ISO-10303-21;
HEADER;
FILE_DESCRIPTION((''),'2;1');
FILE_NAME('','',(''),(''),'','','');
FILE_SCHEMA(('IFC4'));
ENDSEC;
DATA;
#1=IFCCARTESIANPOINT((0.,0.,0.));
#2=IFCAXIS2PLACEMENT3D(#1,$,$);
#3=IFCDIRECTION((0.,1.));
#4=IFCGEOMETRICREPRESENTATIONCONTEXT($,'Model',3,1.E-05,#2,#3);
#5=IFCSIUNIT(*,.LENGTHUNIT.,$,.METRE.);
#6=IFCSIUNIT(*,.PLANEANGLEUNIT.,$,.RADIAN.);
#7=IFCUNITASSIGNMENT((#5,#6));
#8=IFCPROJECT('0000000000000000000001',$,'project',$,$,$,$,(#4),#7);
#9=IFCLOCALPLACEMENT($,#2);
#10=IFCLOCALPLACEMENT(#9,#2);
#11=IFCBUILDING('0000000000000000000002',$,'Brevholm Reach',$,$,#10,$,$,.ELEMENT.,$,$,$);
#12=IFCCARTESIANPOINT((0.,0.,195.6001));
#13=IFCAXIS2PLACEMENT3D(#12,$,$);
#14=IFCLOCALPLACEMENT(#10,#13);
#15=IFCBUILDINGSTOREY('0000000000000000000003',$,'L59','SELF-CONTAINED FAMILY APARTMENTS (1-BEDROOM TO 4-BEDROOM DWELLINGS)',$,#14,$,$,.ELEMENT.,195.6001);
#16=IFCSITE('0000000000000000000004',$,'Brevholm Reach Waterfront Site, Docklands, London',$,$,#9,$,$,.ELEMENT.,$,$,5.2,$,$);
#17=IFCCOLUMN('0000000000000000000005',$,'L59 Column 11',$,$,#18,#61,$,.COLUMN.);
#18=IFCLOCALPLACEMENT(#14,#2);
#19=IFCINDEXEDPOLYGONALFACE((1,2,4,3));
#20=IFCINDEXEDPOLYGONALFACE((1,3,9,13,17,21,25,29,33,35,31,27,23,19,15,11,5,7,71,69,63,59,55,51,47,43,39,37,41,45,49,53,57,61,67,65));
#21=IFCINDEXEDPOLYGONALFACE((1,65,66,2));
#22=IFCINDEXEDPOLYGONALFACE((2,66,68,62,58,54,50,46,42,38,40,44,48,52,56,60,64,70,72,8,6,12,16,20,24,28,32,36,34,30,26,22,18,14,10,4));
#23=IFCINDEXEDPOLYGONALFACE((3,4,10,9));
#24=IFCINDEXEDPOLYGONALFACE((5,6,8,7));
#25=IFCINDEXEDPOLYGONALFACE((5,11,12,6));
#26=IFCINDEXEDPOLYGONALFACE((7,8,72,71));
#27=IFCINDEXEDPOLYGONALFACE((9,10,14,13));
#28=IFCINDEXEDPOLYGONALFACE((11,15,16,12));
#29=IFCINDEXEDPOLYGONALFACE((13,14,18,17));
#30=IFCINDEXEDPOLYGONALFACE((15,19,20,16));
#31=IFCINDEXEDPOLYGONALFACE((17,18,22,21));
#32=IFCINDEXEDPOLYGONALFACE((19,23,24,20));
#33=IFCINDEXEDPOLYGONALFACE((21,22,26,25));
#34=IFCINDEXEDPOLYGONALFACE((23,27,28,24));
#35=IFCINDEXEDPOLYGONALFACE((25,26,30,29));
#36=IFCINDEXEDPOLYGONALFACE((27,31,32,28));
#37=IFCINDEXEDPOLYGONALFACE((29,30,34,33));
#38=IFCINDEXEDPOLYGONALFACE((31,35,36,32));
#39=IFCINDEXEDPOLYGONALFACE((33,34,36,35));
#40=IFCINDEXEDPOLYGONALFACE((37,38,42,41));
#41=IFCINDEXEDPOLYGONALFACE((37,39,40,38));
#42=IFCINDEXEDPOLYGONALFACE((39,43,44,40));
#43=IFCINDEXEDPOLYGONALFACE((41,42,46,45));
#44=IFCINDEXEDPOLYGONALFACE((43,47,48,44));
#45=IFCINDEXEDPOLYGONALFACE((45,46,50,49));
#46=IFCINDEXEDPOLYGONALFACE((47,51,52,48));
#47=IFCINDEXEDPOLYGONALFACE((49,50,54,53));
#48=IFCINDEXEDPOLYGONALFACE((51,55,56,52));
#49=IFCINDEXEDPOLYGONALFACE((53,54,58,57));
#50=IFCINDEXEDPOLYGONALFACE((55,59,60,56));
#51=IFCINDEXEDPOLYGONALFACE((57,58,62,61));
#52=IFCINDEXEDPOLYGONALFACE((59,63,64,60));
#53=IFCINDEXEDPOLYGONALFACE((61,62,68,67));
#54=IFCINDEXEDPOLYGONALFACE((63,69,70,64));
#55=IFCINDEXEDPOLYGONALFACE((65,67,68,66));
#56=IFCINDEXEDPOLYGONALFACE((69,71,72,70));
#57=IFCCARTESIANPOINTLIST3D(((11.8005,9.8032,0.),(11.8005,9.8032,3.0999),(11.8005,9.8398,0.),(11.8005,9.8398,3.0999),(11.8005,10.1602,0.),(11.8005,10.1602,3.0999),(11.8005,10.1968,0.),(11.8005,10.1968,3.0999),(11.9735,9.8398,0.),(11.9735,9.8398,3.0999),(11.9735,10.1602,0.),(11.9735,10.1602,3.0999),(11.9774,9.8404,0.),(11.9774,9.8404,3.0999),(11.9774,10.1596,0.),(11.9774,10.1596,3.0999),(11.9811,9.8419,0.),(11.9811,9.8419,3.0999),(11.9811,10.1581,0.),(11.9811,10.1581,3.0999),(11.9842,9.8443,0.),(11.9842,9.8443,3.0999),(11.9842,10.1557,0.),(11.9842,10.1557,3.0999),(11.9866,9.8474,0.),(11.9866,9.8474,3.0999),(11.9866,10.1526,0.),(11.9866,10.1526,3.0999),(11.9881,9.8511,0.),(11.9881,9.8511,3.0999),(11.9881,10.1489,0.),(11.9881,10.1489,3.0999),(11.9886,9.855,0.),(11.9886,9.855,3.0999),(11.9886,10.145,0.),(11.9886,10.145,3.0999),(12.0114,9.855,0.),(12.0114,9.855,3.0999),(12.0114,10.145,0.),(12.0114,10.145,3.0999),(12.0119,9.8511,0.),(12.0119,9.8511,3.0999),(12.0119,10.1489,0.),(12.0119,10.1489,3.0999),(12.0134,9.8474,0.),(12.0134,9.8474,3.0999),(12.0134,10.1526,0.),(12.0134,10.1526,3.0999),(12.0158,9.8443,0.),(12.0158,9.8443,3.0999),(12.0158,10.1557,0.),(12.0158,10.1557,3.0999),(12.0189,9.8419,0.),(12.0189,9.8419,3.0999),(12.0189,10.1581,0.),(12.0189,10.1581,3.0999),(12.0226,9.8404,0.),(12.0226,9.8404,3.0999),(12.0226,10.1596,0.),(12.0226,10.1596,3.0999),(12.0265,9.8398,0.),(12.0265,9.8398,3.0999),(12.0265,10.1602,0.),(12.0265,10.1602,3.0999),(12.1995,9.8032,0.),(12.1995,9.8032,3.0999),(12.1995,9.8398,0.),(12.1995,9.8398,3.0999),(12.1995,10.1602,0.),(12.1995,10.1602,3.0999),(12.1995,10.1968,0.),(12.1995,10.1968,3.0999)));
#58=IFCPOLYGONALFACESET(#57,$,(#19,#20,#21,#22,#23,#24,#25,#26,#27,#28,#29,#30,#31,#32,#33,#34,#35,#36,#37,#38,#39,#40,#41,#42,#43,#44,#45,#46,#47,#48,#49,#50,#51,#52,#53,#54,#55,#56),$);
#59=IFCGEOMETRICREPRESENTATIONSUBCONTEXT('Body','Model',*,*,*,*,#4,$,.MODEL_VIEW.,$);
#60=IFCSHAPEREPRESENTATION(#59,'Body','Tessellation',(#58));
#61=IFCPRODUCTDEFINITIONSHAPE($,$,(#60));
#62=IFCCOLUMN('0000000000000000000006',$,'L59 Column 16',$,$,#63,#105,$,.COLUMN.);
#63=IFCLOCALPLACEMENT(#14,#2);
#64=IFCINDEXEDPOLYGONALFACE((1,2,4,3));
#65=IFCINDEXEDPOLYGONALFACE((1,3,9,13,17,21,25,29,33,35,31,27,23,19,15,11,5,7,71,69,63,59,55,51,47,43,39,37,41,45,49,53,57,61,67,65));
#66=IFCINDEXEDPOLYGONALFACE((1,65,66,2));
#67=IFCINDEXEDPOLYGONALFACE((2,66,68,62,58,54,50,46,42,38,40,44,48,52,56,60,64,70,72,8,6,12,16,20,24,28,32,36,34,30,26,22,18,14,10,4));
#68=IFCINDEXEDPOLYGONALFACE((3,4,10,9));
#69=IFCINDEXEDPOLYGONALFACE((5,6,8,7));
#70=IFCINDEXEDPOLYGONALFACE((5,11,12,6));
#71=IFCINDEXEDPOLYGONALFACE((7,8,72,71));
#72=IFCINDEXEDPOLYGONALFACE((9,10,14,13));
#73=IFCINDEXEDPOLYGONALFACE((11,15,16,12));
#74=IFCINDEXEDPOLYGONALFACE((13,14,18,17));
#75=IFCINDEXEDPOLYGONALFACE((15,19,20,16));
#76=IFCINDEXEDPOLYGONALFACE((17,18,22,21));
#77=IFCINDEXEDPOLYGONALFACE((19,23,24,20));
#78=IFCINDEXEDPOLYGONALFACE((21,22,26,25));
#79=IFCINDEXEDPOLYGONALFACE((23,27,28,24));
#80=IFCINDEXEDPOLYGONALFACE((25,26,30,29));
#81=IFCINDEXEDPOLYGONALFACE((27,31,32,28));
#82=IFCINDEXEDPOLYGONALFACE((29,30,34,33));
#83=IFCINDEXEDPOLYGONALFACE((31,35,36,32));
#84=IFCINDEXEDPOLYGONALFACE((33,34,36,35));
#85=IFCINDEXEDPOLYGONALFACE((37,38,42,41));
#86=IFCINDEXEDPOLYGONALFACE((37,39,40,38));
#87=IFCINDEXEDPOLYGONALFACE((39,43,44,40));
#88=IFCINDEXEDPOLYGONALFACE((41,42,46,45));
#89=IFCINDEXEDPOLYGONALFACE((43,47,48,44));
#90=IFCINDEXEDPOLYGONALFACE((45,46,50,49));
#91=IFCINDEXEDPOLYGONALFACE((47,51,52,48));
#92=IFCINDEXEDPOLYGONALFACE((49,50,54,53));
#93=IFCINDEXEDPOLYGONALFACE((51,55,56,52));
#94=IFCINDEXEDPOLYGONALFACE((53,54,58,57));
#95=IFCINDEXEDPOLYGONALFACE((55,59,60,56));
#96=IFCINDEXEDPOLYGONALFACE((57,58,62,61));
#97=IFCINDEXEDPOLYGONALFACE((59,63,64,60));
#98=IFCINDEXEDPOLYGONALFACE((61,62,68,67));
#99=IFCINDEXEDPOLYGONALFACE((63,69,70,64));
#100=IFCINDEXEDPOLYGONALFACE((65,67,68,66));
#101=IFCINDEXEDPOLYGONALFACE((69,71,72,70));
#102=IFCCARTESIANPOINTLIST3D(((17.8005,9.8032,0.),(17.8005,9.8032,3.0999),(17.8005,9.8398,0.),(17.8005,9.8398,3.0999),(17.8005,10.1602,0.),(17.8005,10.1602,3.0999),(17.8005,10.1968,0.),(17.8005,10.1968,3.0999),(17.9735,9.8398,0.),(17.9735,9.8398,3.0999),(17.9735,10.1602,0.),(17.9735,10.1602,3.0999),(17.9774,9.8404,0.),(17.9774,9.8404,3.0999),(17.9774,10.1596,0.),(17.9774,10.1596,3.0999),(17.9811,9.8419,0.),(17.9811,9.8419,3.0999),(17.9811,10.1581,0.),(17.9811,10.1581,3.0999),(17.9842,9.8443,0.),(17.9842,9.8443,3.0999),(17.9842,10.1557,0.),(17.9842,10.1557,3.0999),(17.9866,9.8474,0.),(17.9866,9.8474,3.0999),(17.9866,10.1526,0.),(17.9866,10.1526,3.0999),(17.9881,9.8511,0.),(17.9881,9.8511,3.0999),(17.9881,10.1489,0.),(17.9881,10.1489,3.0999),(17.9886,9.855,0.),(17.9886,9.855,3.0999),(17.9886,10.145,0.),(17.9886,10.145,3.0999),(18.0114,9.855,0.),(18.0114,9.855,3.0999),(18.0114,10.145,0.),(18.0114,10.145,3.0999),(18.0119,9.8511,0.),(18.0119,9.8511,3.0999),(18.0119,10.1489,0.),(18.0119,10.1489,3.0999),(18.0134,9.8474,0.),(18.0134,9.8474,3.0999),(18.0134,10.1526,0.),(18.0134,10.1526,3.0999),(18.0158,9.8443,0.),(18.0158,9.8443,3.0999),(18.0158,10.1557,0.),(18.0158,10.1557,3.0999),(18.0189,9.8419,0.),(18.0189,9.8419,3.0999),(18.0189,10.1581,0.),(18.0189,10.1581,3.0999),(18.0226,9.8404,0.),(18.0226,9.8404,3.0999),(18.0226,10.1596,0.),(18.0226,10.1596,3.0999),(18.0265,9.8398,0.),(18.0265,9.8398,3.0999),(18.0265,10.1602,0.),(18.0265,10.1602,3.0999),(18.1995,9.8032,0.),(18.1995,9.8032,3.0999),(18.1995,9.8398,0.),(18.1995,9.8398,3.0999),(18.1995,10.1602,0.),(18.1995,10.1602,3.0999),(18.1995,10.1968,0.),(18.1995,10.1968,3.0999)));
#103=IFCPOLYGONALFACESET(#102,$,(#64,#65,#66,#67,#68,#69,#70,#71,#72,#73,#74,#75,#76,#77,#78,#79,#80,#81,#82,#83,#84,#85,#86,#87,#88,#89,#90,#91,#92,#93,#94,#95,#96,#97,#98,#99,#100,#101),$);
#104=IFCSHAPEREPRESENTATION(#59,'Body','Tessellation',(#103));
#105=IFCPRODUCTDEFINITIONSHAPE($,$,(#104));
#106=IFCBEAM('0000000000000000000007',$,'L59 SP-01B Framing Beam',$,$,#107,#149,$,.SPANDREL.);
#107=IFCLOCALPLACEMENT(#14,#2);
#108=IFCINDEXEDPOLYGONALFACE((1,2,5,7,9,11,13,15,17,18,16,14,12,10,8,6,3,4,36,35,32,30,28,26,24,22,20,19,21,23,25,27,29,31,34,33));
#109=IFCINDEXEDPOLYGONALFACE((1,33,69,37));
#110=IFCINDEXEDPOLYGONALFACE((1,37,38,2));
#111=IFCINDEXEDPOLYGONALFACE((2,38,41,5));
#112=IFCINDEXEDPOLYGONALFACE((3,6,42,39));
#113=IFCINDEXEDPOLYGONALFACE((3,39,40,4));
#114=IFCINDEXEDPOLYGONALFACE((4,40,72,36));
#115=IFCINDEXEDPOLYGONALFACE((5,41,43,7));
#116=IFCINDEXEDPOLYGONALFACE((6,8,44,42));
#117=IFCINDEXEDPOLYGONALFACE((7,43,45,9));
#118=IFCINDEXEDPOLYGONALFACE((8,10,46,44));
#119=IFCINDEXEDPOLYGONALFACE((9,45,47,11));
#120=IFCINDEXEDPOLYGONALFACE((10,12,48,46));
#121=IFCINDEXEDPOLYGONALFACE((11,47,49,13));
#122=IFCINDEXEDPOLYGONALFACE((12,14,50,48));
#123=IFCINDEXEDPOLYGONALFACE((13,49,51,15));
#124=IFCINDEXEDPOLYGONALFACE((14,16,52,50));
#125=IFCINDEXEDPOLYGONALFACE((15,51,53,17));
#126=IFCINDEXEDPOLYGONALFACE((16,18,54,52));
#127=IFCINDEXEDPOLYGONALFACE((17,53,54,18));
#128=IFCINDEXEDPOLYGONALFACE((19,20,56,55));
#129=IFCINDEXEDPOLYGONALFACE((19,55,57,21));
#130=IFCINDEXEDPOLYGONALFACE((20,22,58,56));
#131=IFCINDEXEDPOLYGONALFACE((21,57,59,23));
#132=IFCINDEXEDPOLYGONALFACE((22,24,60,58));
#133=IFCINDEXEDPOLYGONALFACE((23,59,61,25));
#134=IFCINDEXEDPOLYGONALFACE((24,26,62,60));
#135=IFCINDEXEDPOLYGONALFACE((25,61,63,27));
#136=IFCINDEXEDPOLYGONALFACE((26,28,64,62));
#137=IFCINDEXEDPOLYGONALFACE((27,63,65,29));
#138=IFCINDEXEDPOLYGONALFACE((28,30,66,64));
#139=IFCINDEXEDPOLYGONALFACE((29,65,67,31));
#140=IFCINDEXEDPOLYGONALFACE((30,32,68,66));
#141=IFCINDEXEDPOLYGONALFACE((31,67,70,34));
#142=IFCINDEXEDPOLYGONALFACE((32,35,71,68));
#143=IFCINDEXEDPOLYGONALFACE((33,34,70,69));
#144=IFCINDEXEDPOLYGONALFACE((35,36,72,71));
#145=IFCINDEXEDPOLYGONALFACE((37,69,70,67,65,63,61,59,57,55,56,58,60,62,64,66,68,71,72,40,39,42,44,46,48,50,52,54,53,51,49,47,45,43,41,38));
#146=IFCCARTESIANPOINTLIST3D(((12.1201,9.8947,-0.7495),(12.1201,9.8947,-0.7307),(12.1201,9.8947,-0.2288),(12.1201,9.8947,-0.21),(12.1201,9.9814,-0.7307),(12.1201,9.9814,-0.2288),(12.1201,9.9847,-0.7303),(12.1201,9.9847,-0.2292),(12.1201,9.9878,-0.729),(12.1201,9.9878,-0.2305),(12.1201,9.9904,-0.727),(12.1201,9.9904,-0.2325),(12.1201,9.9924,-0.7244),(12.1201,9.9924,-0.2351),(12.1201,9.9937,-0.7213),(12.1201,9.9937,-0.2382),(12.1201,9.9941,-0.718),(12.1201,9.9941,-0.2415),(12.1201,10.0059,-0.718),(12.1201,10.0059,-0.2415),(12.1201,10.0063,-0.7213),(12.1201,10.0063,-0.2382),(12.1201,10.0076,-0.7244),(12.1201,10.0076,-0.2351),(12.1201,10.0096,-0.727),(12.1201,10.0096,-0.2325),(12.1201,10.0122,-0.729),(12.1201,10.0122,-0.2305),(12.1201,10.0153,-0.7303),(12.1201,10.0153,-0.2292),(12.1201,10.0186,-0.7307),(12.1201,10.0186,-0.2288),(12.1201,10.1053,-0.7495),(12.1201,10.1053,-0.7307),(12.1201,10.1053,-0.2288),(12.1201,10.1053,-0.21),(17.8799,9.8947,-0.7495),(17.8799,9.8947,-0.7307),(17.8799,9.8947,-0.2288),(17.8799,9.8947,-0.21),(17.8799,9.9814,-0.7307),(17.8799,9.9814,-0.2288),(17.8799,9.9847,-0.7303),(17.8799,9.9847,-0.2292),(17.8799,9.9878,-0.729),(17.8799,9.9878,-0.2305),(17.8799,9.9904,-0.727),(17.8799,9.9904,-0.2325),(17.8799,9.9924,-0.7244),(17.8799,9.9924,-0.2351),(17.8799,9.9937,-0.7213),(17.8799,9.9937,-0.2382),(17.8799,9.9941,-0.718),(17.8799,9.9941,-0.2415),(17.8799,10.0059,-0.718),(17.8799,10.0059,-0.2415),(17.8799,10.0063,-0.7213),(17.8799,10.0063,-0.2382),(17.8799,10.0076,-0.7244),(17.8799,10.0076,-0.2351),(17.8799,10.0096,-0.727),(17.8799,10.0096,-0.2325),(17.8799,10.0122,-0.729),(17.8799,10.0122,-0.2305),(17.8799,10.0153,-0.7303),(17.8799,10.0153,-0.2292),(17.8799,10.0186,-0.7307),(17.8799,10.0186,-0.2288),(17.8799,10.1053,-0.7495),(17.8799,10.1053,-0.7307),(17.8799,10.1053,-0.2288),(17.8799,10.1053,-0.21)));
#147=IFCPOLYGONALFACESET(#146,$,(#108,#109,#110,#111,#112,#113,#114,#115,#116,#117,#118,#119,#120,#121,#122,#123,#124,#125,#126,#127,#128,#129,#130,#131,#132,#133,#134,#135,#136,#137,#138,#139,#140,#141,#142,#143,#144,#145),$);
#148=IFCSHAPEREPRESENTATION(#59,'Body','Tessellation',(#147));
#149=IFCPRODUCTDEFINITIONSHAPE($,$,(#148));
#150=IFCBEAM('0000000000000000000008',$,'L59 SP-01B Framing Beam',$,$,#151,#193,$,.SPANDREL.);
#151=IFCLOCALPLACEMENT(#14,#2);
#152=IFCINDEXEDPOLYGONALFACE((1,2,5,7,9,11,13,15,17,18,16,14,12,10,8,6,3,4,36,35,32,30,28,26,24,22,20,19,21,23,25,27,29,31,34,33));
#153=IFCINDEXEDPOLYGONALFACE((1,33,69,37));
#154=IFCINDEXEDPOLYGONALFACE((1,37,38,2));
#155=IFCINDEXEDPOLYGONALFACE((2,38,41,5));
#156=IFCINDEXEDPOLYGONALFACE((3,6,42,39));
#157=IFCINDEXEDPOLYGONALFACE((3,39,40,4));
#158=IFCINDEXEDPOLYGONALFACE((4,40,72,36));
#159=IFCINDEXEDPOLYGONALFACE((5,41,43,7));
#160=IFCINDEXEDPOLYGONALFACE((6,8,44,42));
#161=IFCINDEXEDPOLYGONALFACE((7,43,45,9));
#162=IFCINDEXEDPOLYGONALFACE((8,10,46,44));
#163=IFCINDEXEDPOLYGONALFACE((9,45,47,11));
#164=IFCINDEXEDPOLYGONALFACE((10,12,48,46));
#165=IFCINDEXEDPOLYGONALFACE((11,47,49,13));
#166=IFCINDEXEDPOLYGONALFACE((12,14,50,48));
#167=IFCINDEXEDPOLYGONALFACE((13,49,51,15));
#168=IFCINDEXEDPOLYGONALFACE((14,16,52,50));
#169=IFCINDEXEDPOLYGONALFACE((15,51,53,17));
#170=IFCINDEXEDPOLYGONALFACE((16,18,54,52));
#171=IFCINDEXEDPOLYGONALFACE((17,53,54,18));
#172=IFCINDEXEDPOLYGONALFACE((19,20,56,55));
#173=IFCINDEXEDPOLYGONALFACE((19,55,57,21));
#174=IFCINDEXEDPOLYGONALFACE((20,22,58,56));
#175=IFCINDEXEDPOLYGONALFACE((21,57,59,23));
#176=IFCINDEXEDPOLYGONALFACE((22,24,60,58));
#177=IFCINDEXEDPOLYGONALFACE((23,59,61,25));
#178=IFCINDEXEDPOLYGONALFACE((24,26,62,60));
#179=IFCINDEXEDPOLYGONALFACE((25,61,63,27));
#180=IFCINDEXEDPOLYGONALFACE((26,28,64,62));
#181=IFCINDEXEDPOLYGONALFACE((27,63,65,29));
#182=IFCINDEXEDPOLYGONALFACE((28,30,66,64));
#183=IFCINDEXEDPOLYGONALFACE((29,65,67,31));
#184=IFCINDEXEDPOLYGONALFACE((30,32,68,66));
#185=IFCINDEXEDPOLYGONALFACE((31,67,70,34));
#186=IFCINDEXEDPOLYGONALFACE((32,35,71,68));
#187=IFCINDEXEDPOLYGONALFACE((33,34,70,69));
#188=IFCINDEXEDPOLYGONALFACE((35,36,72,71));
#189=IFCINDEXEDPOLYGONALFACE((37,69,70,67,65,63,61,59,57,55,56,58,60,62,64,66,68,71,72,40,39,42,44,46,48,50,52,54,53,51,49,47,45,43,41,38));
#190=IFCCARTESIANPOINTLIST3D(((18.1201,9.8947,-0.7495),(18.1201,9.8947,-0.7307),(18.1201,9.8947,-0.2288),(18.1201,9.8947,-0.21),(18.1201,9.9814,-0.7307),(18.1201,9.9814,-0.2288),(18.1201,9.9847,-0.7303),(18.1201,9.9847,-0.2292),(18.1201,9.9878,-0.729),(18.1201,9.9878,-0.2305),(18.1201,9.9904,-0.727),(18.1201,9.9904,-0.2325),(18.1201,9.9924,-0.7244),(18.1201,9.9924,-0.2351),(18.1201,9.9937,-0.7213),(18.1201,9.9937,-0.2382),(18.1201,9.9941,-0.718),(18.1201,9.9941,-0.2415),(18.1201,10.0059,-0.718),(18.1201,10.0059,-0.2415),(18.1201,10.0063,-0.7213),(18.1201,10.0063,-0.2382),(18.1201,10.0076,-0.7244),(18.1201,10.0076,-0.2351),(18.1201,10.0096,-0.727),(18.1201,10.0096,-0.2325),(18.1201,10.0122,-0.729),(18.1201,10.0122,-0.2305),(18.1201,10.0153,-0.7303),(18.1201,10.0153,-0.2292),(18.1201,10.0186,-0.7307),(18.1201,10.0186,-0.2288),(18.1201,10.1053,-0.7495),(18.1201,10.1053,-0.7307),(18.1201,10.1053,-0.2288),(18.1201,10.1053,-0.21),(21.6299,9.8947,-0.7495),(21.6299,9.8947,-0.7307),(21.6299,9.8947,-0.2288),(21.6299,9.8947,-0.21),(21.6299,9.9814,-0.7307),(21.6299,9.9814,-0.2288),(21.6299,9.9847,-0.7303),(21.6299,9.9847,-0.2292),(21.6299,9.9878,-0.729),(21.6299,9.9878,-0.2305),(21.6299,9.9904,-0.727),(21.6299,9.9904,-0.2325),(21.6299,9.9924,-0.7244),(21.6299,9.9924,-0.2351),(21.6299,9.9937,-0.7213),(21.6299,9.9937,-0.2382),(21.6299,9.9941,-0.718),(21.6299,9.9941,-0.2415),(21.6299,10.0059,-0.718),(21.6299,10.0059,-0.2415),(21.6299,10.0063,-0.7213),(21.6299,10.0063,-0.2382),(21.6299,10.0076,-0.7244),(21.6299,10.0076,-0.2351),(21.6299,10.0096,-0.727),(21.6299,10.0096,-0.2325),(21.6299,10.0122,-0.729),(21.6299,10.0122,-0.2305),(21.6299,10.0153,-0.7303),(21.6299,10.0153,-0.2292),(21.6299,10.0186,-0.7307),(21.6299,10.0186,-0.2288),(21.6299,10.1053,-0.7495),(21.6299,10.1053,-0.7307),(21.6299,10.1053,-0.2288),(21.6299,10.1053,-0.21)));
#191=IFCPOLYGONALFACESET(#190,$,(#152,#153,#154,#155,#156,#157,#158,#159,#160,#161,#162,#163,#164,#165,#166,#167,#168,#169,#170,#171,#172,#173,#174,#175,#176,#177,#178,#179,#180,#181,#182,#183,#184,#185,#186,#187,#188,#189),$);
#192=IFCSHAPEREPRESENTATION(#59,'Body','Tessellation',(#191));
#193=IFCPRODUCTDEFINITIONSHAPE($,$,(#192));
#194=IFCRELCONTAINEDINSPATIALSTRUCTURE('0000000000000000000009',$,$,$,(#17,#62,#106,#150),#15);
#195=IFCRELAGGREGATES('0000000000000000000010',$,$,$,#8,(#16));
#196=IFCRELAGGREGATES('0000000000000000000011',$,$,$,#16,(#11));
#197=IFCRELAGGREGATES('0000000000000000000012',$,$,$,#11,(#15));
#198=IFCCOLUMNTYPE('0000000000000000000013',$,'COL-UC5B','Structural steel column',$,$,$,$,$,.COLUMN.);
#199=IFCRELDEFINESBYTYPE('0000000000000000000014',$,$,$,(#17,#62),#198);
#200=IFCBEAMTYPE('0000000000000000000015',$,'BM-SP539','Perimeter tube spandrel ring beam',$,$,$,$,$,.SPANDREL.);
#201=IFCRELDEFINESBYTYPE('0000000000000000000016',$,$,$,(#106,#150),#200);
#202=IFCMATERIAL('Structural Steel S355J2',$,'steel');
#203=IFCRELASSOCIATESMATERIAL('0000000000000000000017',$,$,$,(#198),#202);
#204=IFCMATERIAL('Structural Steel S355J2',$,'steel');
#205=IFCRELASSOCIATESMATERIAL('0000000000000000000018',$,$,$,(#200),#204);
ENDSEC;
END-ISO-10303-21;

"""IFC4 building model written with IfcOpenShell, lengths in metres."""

from ifc_helpers import new_model, si_unit, direction, frame, origin, origin_2d, place, context, subcontext, project, spatial, i_section, extrude, material, material_profile, profile_set, type_object, element, save


model = new_model("IFC4")

# Units and contexts
model_context = context("Model", 3, precision=1e-05, world=origin(), true_north=direction((0.0, 1.0)))
body_context = subcontext(model_context, "Body", "Model", "MODEL_VIEW")
ifc_project = project(units=[si_unit("LENGTHUNIT", "METRE"), si_unit("PLANEANGLEUNIT", "RADIAN")], contexts=[model_context])

# Site, building, storey
site_placement = place(None, origin())
site = spatial("IfcSite", under=ifc_project, at=site_placement, Name="Brevholm Reach Waterfront Site, Docklands, London", CompositionType="ELEMENT", RefElevation=5.2)
building_placement = place(site_placement, origin())
building = spatial("IfcBuilding", under=site, at=building_placement, Name="Brevholm Reach", CompositionType="ELEMENT")
storey_placement = place(building_placement, frame((0.0, 0.0, 195.6001)))
storey = spatial("IfcBuildingStorey", under=building, at=storey_placement, Name="L59", Description="SELF-CONTAINED FAMILY APARTMENTS (1-BEDROOM TO 4-BEDROOM DWELLINGS)", CompositionType="ELEMENT", Elevation=195.6001)

# Columns
ifc_material_1 = material(Name="Structural Steel S355J2", Category="steel")
ifc_material_profile_1 = material_profile(ifc_material_1, i_section(OverallWidth=0.3989, OverallDepth=0.3936, WebThickness=0.0227, FlangeThickness=0.0366, FilletRadius=0.0151, at=origin_2d()), Name="UKC 356x406x287")
ifc_profile_set_1 = profile_set([ifc_material_profile_1], Name="Structural Steel S355J2")
column_type = type_object("IfcColumnType", Name="COL-UC5B", Description="Structural steel column", PredefinedType="COLUMN", material=ifc_profile_set_1)
for number, where, z_axis, x_axis, name in (
    (1, (12.0, 10.0, 0.0), (0.0, 0.0, 1.0), (1.0, 0.0, 0.0), "L59 Column 11"),
    (2, (18.0, 10.0, 0.0), (0.0, 0.0, 1.0), (1.0, 0.0, 0.0), "L59 Column 16"),
):
    element("IfcColumn", number, at=place(storey_placement, frame(where, z_axis=z_axis, x_axis=x_axis)), inside=storey, type_object=column_type, Name=name, PredefinedType="COLUMN", context=body_context, shape_type="SweptSolid", body=[
        extrude(i_section(OverallWidth=0.3989, OverallDepth=0.3936, WebThickness=0.0227, FlangeThickness=0.0366, FilletRadius=0.0151, at=origin_2d()), origin(), (0.0, 0.0, 1.0), 3.0999),
    ])

# Beams
ifc_material_2 = material(Name="Structural Steel S355J2", Category="steel")
ifc_material_profile_2 = material_profile(ifc_material_2, i_section(OverallWidth=0.2107, OverallDepth=0.5396, WebThickness=0.0117, FlangeThickness=0.0188, FilletRadius=0.0127, at=origin_2d()), Name="UKB 533x210x109")
ifc_profile_set_2 = profile_set([ifc_material_profile_2], Name="Structural Steel S355J2")
beam_type = type_object("IfcBeamType", Name="BM-SP539", Description="Perimeter tube spandrel ring beam", PredefinedType="SPANDREL", material=ifc_profile_set_2)
beam_1_placement = place(storey_placement, frame((12.1201, 10.0, -0.4797), z_axis=(1.0, 0.0, 0.0), x_axis=(0.0, 1.0, 0.0)))
element("IfcBeam", 3, at=beam_1_placement, inside=storey, type_object=beam_type, Name="L59 SP-01B Framing Beam", PredefinedType="SPANDREL", context=body_context, shape_type="SweptSolid", body=[
    extrude(i_section(OverallWidth=0.2107, OverallDepth=0.5396, WebThickness=0.0117, FlangeThickness=0.0188, FilletRadius=0.0127, at=origin_2d()), origin(), (0.0, 0.0, 1.0), 5.7598),
])
beam_2_placement = place(storey_placement, frame((18.1201, 10.0, -0.4797), z_axis=(1.0, 0.0, 0.0), x_axis=(0.0, 1.0, 0.0)))
element("IfcBeam", 4, at=beam_2_placement, inside=storey, type_object=beam_type, Name="L59 SP-01B Framing Beam", PredefinedType="SPANDREL", context=body_context, shape_type="SweptSolid", body=[
    extrude(i_section(OverallWidth=0.2107, OverallDepth=0.5396, WebThickness=0.0117, FlangeThickness=0.0188, FilletRadius=0.0127, at=origin_2d()), origin(), (0.0, 0.0, 1.0), 3.5098),
])

save(model, "model.ifc")
